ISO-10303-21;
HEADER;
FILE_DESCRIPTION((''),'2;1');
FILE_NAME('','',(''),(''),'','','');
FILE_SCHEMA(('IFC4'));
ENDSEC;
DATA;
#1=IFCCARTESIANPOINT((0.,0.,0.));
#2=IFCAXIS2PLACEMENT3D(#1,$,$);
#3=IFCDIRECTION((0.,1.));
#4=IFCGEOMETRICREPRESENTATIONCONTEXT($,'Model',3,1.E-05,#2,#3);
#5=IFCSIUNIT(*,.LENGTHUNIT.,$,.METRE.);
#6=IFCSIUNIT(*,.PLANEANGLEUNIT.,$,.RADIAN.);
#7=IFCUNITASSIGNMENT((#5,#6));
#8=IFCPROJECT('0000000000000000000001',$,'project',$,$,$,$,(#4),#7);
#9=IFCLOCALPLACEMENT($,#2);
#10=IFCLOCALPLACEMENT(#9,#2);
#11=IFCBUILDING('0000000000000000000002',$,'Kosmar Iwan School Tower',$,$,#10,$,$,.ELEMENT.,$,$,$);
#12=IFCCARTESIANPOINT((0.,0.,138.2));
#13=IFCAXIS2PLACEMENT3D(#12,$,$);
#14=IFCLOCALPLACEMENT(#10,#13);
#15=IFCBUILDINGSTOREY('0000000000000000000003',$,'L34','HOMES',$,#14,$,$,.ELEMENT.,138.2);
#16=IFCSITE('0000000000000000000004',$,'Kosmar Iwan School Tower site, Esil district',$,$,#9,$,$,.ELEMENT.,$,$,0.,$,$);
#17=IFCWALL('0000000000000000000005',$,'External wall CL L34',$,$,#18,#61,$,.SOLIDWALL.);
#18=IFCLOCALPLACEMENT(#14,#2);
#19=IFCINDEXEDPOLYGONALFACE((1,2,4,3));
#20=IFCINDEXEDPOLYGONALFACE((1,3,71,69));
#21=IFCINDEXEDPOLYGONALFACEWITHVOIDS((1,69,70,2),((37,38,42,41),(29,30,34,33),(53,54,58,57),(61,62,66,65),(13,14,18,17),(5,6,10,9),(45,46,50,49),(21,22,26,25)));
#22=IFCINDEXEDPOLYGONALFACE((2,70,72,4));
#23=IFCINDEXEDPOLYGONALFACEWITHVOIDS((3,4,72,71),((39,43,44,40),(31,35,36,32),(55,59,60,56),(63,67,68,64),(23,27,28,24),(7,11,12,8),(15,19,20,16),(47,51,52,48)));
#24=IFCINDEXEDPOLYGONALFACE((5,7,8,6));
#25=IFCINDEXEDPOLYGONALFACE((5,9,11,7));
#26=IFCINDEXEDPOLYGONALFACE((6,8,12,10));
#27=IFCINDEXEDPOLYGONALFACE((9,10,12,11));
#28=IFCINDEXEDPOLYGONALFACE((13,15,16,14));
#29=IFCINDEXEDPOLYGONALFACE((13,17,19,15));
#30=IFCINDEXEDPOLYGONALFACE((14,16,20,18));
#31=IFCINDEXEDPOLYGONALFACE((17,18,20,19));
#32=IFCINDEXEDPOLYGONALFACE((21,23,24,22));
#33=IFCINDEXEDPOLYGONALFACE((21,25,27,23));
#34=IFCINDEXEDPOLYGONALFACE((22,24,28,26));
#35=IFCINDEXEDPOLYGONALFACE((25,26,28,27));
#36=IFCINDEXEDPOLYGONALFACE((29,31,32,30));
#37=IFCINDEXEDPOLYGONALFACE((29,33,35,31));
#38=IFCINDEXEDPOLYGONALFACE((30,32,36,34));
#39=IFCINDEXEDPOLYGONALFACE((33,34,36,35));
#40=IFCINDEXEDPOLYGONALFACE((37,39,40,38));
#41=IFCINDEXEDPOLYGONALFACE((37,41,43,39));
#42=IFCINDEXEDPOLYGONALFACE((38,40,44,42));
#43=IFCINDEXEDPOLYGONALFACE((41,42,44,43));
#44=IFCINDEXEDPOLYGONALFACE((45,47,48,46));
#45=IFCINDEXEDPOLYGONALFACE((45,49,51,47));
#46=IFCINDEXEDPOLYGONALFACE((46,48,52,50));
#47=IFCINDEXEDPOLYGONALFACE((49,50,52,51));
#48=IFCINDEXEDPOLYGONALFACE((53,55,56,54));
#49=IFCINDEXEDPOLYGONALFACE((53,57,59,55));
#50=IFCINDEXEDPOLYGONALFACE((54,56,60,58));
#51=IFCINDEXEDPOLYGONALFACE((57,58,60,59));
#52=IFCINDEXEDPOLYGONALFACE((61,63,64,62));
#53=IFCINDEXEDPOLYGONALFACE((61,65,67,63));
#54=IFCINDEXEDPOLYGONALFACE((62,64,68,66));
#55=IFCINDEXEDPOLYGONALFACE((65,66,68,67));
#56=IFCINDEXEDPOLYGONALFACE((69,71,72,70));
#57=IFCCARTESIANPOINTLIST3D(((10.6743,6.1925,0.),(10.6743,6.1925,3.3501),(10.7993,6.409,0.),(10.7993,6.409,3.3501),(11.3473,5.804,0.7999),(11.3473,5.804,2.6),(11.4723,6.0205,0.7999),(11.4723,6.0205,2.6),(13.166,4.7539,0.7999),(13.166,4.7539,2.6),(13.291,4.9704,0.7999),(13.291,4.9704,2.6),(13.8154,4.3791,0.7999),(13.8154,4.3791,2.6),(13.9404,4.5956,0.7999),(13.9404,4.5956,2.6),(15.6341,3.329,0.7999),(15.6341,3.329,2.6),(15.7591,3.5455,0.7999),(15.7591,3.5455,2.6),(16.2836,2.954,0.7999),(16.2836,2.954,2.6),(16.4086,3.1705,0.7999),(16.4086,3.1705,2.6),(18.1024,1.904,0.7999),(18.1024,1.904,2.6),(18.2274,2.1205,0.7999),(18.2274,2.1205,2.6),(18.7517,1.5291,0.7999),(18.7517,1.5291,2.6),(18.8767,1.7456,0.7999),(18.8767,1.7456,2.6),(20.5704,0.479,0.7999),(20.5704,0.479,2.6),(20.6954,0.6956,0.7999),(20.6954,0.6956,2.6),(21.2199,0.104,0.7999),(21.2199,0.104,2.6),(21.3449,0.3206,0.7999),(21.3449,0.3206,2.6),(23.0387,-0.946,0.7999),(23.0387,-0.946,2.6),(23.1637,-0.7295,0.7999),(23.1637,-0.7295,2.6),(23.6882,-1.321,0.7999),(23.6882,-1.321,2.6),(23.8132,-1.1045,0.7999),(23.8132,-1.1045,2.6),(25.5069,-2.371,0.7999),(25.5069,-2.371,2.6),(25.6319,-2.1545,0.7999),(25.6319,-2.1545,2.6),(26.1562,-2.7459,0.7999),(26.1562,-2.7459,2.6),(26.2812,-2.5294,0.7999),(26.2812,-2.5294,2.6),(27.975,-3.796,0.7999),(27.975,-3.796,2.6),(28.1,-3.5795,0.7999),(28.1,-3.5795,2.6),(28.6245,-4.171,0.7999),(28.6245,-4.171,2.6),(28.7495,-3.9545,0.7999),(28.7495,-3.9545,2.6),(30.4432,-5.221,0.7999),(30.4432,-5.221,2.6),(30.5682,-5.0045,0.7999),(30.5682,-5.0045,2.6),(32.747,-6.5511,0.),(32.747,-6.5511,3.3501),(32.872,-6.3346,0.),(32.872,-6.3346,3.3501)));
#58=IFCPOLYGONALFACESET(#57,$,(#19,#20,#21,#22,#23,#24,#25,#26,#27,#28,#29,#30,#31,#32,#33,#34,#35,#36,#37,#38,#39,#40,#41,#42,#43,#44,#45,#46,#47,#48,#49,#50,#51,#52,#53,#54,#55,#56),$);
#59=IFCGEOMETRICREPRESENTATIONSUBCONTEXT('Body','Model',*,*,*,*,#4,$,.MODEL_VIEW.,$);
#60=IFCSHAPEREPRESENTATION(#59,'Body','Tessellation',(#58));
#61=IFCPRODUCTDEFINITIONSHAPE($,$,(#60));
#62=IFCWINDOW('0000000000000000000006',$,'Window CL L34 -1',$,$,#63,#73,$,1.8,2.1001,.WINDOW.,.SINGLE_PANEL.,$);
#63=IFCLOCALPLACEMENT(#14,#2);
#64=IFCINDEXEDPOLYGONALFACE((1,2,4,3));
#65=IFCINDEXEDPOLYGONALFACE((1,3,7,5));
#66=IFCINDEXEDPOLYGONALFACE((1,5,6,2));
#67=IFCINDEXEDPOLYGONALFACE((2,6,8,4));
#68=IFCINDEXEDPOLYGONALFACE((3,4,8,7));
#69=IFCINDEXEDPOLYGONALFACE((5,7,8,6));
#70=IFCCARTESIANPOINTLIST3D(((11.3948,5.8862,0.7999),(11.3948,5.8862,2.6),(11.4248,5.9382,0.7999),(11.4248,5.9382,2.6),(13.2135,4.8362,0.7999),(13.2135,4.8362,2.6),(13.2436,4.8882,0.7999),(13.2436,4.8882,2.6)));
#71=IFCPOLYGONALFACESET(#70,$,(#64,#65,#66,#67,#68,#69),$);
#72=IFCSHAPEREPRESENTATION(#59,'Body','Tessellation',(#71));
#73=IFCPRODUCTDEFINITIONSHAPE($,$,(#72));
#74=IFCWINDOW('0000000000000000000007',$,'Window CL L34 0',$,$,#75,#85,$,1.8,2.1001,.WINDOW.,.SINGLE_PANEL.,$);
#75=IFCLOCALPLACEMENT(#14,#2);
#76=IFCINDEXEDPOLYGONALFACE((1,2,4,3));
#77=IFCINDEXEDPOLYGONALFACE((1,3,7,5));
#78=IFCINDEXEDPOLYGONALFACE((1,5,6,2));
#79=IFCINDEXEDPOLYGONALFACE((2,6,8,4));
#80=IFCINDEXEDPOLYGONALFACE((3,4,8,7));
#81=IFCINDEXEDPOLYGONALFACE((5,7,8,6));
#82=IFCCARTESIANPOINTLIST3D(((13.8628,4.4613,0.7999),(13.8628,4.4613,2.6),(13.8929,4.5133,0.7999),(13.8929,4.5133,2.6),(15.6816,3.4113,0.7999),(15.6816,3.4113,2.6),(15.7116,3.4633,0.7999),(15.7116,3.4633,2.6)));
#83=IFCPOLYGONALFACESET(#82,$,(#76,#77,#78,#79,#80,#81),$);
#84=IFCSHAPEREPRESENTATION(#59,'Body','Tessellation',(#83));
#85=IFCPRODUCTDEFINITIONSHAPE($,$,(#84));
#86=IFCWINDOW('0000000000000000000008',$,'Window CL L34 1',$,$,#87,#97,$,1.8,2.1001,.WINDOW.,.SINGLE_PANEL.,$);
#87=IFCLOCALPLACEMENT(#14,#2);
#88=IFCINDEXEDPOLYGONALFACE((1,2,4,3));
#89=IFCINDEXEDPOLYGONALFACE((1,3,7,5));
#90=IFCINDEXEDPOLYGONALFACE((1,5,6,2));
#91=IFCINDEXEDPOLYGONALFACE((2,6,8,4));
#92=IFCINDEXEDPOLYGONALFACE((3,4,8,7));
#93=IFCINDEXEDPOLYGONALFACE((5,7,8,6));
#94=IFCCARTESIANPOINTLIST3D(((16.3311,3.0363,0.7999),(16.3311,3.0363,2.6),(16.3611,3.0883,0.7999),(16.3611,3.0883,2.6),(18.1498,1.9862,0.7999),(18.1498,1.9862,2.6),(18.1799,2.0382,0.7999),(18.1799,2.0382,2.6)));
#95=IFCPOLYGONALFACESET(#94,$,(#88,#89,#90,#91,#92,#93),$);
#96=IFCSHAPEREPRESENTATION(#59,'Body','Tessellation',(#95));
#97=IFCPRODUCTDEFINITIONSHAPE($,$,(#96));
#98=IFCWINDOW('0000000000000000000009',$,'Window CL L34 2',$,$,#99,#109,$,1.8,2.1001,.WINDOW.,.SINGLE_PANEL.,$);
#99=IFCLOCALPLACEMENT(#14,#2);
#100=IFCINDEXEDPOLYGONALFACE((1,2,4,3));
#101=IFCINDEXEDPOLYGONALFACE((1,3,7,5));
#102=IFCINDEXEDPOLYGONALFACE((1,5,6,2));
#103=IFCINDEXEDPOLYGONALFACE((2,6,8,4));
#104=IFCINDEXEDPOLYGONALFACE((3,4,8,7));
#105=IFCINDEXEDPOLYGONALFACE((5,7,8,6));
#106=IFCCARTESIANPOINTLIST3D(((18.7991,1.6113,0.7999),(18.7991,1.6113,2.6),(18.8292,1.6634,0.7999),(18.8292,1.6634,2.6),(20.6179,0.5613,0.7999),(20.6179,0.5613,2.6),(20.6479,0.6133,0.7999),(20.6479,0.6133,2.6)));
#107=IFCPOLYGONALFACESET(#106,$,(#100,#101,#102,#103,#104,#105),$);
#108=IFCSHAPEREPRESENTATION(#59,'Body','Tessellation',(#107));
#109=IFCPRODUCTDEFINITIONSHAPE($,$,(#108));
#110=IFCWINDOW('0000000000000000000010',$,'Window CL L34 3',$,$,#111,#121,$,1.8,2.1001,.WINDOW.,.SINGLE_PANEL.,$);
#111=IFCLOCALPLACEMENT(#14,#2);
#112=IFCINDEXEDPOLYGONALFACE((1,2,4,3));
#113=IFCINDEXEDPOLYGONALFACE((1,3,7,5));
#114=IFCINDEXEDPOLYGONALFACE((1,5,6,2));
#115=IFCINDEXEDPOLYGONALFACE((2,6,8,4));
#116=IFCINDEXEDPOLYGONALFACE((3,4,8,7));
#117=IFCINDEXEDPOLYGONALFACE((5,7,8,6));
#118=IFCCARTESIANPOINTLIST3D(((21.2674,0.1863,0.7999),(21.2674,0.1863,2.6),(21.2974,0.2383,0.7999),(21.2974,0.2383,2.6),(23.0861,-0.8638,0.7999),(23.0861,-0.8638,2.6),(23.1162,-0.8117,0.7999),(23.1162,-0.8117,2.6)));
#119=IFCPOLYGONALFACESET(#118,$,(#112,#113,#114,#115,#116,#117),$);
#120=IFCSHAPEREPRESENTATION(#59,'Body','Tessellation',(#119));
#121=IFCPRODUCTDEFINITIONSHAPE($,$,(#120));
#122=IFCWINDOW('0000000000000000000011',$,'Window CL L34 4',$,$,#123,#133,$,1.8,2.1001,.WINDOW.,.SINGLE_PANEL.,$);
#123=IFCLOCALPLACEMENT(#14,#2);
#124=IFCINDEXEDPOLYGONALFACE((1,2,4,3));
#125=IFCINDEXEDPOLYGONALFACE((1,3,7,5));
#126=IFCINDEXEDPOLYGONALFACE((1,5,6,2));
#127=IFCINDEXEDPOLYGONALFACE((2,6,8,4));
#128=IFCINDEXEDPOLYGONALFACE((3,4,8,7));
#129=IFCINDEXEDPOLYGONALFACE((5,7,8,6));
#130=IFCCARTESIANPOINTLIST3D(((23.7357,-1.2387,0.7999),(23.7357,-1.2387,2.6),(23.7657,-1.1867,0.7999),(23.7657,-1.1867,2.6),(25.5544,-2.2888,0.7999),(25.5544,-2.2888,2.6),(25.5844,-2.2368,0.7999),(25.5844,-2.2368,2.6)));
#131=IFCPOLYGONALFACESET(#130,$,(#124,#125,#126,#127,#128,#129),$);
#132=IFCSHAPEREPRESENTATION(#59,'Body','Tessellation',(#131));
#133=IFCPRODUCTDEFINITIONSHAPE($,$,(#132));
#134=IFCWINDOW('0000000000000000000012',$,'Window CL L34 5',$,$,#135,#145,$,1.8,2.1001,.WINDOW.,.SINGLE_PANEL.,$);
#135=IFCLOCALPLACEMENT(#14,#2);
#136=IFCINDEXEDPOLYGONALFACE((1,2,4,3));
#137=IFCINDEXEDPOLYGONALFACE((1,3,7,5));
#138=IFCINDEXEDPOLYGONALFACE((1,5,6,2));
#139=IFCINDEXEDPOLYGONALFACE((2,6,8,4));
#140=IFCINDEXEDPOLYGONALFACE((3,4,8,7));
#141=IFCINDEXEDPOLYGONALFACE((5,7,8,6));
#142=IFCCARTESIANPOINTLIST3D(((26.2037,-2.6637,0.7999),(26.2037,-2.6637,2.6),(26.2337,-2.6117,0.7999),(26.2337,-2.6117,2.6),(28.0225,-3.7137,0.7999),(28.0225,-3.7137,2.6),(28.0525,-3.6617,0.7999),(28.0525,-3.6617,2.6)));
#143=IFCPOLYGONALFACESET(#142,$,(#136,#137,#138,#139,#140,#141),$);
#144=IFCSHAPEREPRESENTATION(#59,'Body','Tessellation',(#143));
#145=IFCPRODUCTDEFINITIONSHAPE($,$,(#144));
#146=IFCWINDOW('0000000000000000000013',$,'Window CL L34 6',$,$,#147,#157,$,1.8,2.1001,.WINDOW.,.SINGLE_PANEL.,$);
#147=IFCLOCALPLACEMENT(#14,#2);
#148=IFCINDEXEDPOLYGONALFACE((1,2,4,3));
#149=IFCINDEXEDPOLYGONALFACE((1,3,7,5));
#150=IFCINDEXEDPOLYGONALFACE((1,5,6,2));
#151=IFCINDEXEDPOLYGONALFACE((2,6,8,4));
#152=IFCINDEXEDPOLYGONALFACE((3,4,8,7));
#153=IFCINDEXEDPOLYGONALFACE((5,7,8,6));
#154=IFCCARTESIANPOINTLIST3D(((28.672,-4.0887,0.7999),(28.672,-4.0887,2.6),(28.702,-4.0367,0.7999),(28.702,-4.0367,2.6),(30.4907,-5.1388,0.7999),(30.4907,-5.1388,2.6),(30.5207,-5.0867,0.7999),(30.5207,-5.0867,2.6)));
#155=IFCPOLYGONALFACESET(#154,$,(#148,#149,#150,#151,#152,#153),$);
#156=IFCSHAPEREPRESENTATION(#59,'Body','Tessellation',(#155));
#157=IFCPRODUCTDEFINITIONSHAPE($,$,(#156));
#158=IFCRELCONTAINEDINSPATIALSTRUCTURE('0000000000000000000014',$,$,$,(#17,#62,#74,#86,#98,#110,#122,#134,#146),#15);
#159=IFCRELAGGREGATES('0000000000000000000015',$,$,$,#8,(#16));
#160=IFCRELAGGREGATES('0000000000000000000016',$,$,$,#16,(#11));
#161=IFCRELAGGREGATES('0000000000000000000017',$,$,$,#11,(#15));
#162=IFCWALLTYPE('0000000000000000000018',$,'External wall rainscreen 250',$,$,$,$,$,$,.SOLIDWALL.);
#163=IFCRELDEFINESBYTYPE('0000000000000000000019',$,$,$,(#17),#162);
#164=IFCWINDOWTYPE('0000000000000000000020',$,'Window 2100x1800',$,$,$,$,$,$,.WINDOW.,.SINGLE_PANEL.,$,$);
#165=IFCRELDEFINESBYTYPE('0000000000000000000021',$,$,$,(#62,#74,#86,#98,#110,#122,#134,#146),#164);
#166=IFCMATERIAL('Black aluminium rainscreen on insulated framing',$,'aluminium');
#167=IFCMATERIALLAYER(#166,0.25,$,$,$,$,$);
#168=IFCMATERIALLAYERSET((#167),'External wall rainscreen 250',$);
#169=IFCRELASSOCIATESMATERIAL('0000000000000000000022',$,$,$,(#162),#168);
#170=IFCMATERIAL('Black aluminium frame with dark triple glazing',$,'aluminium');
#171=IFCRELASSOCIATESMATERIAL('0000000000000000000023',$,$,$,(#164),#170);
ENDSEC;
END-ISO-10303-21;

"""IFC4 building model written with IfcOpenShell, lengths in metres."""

from ifc_helpers import new_model, si_unit, direction, frame, frame_2d, origin, place, context, subcontext, project, spatial, rectangle, extrude, material, layer, layer_set, type_object, element, fill, save


model = new_model("IFC4")

# Units and contexts
model_context = context("Model", 3, precision=1e-05, world=origin(), true_north=direction((0.0, 1.0)))
body_context = subcontext(model_context, "Body", "Model", "MODEL_VIEW")
ifc_project = project(units=[si_unit("LENGTHUNIT", "METRE"), si_unit("PLANEANGLEUNIT", "RADIAN")], contexts=[model_context])

# Site, building, storey
site_placement = place(None, origin())
site = spatial("IfcSite", under=ifc_project, at=site_placement, Name="Kosmar Iwan School Tower site, Esil district", CompositionType="ELEMENT", RefElevation=0.0)
building_placement = place(site_placement, origin())
building = spatial("IfcBuilding", under=site, at=building_placement, Name="Kosmar Iwan School Tower", CompositionType="ELEMENT")
storey_placement = place(building_placement, frame((0.0, 0.0, 138.2)))
storey = spatial("IfcBuildingStorey", under=building, at=storey_placement, Name="L34", Description="HOMES", CompositionType="ELEMENT", Elevation=138.2)

# Wall, openings, windows
ifc_material_1 = material(Name="Black aluminium rainscreen on insulated framing", Category="aluminium")
ifc_layer_1 = layer(ifc_material_1, 0.25)
ifc_layer_set_1 = layer_set([ifc_layer_1], Name="External wall rainscreen 250")
wall_type_1 = type_object("IfcWallType", Name="External wall rainscreen 250", PredefinedType="SOLIDWALL", material=ifc_layer_set_1)
wall_1_placement = place(storey_placement, frame((10.7368, 6.3008, 0.0), z_axis=(0.0, 0.0, 1.0), x_axis=(0.866026, -0.499998, 0.0)))
wall_1 = element("IfcWall", 1, at=wall_1_placement, inside=storey, type_object=wall_type_1, Name="External wall CL L34", PredefinedType="SOLIDWALL", context=body_context, shape_type="SweptSolid", body=[
    extrude(rectangle(XDim=25.4873, YDim=0.25, at=frame_2d((12.7437, 0.0))), origin(), (0.0, 0.0, 1.0), 3.3501),
])
opening_1_placement = place(wall_1_placement, frame((0.7771, 0.0, 0.8)))
opening_1 = element("IfcOpeningElement", 2, at=opening_1_placement, cuts=wall_1, PredefinedType="OPENING", context=body_context, shape_type="SweptSolid", body=[
    extrude(rectangle(XDim=2.1001, YDim=1.8, at=frame_2d((1.05, 0.8999))), frame((0.0, 0.137, 0.0), z_axis=(0.0, -1.0, 0.0), x_axis=(1.0, 0.0, 0.0)), (0.0, 0.0, 1.0), 0.2739),
])
opening_2_placement = place(wall_1_placement, frame((3.627, 0.0, 0.8)))
opening_2 = element("IfcOpeningElement", 3, at=opening_2_placement, cuts=wall_1, PredefinedType="OPENING", context=body_context, shape_type="SweptSolid", body=[
    extrude(rectangle(XDim=2.1001, YDim=1.8, at=frame_2d((1.05, 0.8999))), frame((0.0, 0.137, 0.0), z_axis=(0.0, -1.0, 0.0), x_axis=(1.0, 0.0, 0.0)), (0.0, 0.0, 1.0), 0.2739),
])
opening_3_placement = place(wall_1_placement, frame((6.4771, 0.0, 0.8)))
opening_3 = element("IfcOpeningElement", 4, at=opening_3_placement, cuts=wall_1, PredefinedType="OPENING", context=body_context, shape_type="SweptSolid", body=[
    extrude(rectangle(XDim=2.1001, YDim=1.8, at=frame_2d((1.05, 0.8999))), frame((0.0, 0.137, 0.0), z_axis=(0.0, -1.0, 0.0), x_axis=(1.0, 0.0, 0.0)), (0.0, 0.0, 1.0), 0.2739),
])
opening_4_placement = place(wall_1_placement, frame((9.3269, 0.0, 0.8)))
opening_4 = element("IfcOpeningElement", 5, at=opening_4_placement, cuts=wall_1, PredefinedType="OPENING", context=body_context, shape_type="SweptSolid", body=[
    extrude(rectangle(XDim=2.1001, YDim=1.8, at=frame_2d((1.05, 0.8999))), frame((0.0, 0.137, 0.0), z_axis=(0.0, -1.0, 0.0), x_axis=(1.0, 0.0, 0.0)), (0.0, 0.0, 1.0), 0.2739),
])
opening_5_placement = place(wall_1_placement, frame((12.177, 0.0, 0.8)))
opening_5 = element("IfcOpeningElement", 6, at=opening_5_placement, cuts=wall_1, PredefinedType="OPENING", context=body_context, shape_type="SweptSolid", body=[
    extrude(rectangle(XDim=2.1001, YDim=1.8, at=frame_2d((1.05, 0.8999))), frame((0.0, 0.137, 0.0), z_axis=(0.0, -1.0, 0.0), x_axis=(1.0, 0.0, 0.0)), (0.0, 0.0, 1.0), 0.2739),
])
opening_6_placement = place(wall_1_placement, frame((15.0271, 0.0, 0.8)))
opening_6 = element("IfcOpeningElement", 7, at=opening_6_placement, cuts=wall_1, PredefinedType="OPENING", context=body_context, shape_type="SweptSolid", body=[
    extrude(rectangle(XDim=2.1001, YDim=1.8, at=frame_2d((1.05, 0.8999))), frame((0.0, 0.137, 0.0), z_axis=(0.0, -1.0, 0.0), x_axis=(1.0, 0.0, 0.0)), (0.0, 0.0, 1.0), 0.2739),
])
opening_7_placement = place(wall_1_placement, frame((17.877, 0.0, 0.8)))
opening_7 = element("IfcOpeningElement", 8, at=opening_7_placement, cuts=wall_1, PredefinedType="OPENING", context=body_context, shape_type="SweptSolid", body=[
    extrude(rectangle(XDim=2.1001, YDim=1.8, at=frame_2d((1.05, 0.8999))), frame((0.0, 0.137, 0.0), z_axis=(0.0, -1.0, 0.0), x_axis=(1.0, 0.0, 0.0)), (0.0, 0.0, 1.0), 0.2739),
])
opening_8_placement = place(wall_1_placement, frame((20.7271, 0.0, 0.8)))
opening_8 = element("IfcOpeningElement", 9, at=opening_8_placement, cuts=wall_1, PredefinedType="OPENING", context=body_context, shape_type="SweptSolid", body=[
    extrude(rectangle(XDim=2.1001, YDim=1.8, at=frame_2d((1.05, 0.8999))), frame((0.0, 0.137, 0.0), z_axis=(0.0, -1.0, 0.0), x_axis=(1.0, 0.0, 0.0)), (0.0, 0.0, 1.0), 0.2739),
])
ifc_material_2 = material(Name="Black aluminium frame with dark triple glazing", Category="aluminium")
window_type = type_object("IfcWindowType", Name="Window 2100x1800", PartitioningType="SINGLE_PANEL", PredefinedType="WINDOW", material=ifc_material_2)
window_1_placement = place(opening_1_placement, origin())
window_1 = element("IfcWindow", 10, at=window_1_placement, inside=storey, type_object=window_type, Name="Window CL L34 -1", OverallHeight=1.8, OverallWidth=2.1001, PartitioningType="SINGLE_PANEL", PredefinedType="WINDOW", context=body_context, shape_type="SweptSolid", body=[
    extrude(rectangle(XDim=2.1001, YDim=1.8, at=frame_2d((1.05, 0.8999))), frame((0.0, 0.03, 0.0), z_axis=(0.0, -1.0, 0.0), x_axis=(1.0, 0.0, 0.0)), (0.0, 0.0, 1.0), 0.0601),
])
fill(opening_1, window_1)
window_2_placement = place(opening_2_placement, origin())
window_2 = element("IfcWindow", 11, at=window_2_placement, inside=storey, type_object=window_type, Name="Window CL L34 0", OverallHeight=1.8, OverallWidth=2.1001, PartitioningType="SINGLE_PANEL", PredefinedType="WINDOW", context=body_context, shape_type="SweptSolid", body=[
    extrude(rectangle(XDim=2.1001, YDim=1.8, at=frame_2d((1.05, 0.8999))), frame((0.0, 0.03, 0.0), z_axis=(0.0, -1.0, 0.0), x_axis=(1.0, 0.0, 0.0)), (0.0, 0.0, 1.0), 0.0601),
])
fill(opening_2, window_2)
window_3_placement = place(opening_3_placement, origin())
window_3 = element("IfcWindow", 12, at=window_3_placement, inside=storey, type_object=window_type, Name="Window CL L34 1", OverallHeight=1.8, OverallWidth=2.1001, PartitioningType="SINGLE_PANEL", PredefinedType="WINDOW", context=body_context, shape_type="SweptSolid", body=[
    extrude(rectangle(XDim=2.1001, YDim=1.8, at=frame_2d((1.05, 0.8999))), frame((0.0, 0.03, 0.0), z_axis=(0.0, -1.0, 0.0), x_axis=(1.0, 0.0, 0.0)), (0.0, 0.0, 1.0), 0.0601),
])
fill(opening_3, window_3)
window_4_placement = place(opening_4_placement, origin())
window_4 = element("IfcWindow", 13, at=window_4_placement, inside=storey, type_object=window_type, Name="Window CL L34 2", OverallHeight=1.8, OverallWidth=2.1001, PartitioningType="SINGLE_PANEL", PredefinedType="WINDOW", context=body_context, shape_type="SweptSolid", body=[
    extrude(rectangle(XDim=2.1001, YDim=1.8, at=frame_2d((1.05, 0.8999))), frame((0.0, 0.03, 0.0), z_axis=(0.0, -1.0, 0.0), x_axis=(1.0, 0.0, 0.0)), (0.0, 0.0, 1.0), 0.0601),
])
fill(opening_4, window_4)
window_5_placement = place(opening_5_placement, origin())
window_5 = element("IfcWindow", 14, at=window_5_placement, inside=storey, type_object=window_type, Name="Window CL L34 3", OverallHeight=1.8, OverallWidth=2.1001, PartitioningType="SINGLE_PANEL", PredefinedType="WINDOW", context=body_context, shape_type="SweptSolid", body=[
    extrude(rectangle(XDim=2.1001, YDim=1.8, at=frame_2d((1.05, 0.8999))), frame((0.0, 0.03, 0.0), z_axis=(0.0, -1.0, 0.0), x_axis=(1.0, 0.0, 0.0)), (0.0, 0.0, 1.0), 0.0601),
])
fill(opening_5, window_5)
window_6_placement = place(opening_6_placement, origin())
window_6 = element("IfcWindow", 15, at=window_6_placement, inside=storey, type_object=window_type, Name="Window CL L34 4", OverallHeight=1.8, OverallWidth=2.1001, PartitioningType="SINGLE_PANEL", PredefinedType="WINDOW", context=body_context, shape_type="SweptSolid", body=[
    extrude(rectangle(XDim=2.1001, YDim=1.8, at=frame_2d((1.05, 0.8999))), frame((0.0, 0.03, 0.0), z_axis=(0.0, -1.0, 0.0), x_axis=(1.0, 0.0, 0.0)), (0.0, 0.0, 1.0), 0.0601),
])
fill(opening_6, window_6)
window_7_placement = place(opening_7_placement, origin())
window_7 = element("IfcWindow", 16, at=window_7_placement, inside=storey, type_object=window_type, Name="Window CL L34 5", OverallHeight=1.8, OverallWidth=2.1001, PartitioningType="SINGLE_PANEL", PredefinedType="WINDOW", context=body_context, shape_type="SweptSolid", body=[
    extrude(rectangle(XDim=2.1001, YDim=1.8, at=frame_2d((1.05, 0.8999))), frame((0.0, 0.03, 0.0), z_axis=(0.0, -1.0, 0.0), x_axis=(1.0, 0.0, 0.0)), (0.0, 0.0, 1.0), 0.0601),
])
fill(opening_7, window_7)
window_8_placement = place(opening_8_placement, origin())
window_8 = element("IfcWindow", 17, at=window_8_placement, inside=storey, type_object=window_type, Name="Window CL L34 6", OverallHeight=1.8, OverallWidth=2.1001, PartitioningType="SINGLE_PANEL", PredefinedType="WINDOW", context=body_context, shape_type="SweptSolid", body=[
    extrude(rectangle(XDim=2.1001, YDim=1.8, at=frame_2d((1.05, 0.8999))), frame((0.0, 0.03, 0.0), z_axis=(0.0, -1.0, 0.0), x_axis=(1.0, 0.0, 0.0)), (0.0, 0.0, 1.0), 0.0601),
])
fill(opening_8, window_8)

save(model, "model.ifc")
